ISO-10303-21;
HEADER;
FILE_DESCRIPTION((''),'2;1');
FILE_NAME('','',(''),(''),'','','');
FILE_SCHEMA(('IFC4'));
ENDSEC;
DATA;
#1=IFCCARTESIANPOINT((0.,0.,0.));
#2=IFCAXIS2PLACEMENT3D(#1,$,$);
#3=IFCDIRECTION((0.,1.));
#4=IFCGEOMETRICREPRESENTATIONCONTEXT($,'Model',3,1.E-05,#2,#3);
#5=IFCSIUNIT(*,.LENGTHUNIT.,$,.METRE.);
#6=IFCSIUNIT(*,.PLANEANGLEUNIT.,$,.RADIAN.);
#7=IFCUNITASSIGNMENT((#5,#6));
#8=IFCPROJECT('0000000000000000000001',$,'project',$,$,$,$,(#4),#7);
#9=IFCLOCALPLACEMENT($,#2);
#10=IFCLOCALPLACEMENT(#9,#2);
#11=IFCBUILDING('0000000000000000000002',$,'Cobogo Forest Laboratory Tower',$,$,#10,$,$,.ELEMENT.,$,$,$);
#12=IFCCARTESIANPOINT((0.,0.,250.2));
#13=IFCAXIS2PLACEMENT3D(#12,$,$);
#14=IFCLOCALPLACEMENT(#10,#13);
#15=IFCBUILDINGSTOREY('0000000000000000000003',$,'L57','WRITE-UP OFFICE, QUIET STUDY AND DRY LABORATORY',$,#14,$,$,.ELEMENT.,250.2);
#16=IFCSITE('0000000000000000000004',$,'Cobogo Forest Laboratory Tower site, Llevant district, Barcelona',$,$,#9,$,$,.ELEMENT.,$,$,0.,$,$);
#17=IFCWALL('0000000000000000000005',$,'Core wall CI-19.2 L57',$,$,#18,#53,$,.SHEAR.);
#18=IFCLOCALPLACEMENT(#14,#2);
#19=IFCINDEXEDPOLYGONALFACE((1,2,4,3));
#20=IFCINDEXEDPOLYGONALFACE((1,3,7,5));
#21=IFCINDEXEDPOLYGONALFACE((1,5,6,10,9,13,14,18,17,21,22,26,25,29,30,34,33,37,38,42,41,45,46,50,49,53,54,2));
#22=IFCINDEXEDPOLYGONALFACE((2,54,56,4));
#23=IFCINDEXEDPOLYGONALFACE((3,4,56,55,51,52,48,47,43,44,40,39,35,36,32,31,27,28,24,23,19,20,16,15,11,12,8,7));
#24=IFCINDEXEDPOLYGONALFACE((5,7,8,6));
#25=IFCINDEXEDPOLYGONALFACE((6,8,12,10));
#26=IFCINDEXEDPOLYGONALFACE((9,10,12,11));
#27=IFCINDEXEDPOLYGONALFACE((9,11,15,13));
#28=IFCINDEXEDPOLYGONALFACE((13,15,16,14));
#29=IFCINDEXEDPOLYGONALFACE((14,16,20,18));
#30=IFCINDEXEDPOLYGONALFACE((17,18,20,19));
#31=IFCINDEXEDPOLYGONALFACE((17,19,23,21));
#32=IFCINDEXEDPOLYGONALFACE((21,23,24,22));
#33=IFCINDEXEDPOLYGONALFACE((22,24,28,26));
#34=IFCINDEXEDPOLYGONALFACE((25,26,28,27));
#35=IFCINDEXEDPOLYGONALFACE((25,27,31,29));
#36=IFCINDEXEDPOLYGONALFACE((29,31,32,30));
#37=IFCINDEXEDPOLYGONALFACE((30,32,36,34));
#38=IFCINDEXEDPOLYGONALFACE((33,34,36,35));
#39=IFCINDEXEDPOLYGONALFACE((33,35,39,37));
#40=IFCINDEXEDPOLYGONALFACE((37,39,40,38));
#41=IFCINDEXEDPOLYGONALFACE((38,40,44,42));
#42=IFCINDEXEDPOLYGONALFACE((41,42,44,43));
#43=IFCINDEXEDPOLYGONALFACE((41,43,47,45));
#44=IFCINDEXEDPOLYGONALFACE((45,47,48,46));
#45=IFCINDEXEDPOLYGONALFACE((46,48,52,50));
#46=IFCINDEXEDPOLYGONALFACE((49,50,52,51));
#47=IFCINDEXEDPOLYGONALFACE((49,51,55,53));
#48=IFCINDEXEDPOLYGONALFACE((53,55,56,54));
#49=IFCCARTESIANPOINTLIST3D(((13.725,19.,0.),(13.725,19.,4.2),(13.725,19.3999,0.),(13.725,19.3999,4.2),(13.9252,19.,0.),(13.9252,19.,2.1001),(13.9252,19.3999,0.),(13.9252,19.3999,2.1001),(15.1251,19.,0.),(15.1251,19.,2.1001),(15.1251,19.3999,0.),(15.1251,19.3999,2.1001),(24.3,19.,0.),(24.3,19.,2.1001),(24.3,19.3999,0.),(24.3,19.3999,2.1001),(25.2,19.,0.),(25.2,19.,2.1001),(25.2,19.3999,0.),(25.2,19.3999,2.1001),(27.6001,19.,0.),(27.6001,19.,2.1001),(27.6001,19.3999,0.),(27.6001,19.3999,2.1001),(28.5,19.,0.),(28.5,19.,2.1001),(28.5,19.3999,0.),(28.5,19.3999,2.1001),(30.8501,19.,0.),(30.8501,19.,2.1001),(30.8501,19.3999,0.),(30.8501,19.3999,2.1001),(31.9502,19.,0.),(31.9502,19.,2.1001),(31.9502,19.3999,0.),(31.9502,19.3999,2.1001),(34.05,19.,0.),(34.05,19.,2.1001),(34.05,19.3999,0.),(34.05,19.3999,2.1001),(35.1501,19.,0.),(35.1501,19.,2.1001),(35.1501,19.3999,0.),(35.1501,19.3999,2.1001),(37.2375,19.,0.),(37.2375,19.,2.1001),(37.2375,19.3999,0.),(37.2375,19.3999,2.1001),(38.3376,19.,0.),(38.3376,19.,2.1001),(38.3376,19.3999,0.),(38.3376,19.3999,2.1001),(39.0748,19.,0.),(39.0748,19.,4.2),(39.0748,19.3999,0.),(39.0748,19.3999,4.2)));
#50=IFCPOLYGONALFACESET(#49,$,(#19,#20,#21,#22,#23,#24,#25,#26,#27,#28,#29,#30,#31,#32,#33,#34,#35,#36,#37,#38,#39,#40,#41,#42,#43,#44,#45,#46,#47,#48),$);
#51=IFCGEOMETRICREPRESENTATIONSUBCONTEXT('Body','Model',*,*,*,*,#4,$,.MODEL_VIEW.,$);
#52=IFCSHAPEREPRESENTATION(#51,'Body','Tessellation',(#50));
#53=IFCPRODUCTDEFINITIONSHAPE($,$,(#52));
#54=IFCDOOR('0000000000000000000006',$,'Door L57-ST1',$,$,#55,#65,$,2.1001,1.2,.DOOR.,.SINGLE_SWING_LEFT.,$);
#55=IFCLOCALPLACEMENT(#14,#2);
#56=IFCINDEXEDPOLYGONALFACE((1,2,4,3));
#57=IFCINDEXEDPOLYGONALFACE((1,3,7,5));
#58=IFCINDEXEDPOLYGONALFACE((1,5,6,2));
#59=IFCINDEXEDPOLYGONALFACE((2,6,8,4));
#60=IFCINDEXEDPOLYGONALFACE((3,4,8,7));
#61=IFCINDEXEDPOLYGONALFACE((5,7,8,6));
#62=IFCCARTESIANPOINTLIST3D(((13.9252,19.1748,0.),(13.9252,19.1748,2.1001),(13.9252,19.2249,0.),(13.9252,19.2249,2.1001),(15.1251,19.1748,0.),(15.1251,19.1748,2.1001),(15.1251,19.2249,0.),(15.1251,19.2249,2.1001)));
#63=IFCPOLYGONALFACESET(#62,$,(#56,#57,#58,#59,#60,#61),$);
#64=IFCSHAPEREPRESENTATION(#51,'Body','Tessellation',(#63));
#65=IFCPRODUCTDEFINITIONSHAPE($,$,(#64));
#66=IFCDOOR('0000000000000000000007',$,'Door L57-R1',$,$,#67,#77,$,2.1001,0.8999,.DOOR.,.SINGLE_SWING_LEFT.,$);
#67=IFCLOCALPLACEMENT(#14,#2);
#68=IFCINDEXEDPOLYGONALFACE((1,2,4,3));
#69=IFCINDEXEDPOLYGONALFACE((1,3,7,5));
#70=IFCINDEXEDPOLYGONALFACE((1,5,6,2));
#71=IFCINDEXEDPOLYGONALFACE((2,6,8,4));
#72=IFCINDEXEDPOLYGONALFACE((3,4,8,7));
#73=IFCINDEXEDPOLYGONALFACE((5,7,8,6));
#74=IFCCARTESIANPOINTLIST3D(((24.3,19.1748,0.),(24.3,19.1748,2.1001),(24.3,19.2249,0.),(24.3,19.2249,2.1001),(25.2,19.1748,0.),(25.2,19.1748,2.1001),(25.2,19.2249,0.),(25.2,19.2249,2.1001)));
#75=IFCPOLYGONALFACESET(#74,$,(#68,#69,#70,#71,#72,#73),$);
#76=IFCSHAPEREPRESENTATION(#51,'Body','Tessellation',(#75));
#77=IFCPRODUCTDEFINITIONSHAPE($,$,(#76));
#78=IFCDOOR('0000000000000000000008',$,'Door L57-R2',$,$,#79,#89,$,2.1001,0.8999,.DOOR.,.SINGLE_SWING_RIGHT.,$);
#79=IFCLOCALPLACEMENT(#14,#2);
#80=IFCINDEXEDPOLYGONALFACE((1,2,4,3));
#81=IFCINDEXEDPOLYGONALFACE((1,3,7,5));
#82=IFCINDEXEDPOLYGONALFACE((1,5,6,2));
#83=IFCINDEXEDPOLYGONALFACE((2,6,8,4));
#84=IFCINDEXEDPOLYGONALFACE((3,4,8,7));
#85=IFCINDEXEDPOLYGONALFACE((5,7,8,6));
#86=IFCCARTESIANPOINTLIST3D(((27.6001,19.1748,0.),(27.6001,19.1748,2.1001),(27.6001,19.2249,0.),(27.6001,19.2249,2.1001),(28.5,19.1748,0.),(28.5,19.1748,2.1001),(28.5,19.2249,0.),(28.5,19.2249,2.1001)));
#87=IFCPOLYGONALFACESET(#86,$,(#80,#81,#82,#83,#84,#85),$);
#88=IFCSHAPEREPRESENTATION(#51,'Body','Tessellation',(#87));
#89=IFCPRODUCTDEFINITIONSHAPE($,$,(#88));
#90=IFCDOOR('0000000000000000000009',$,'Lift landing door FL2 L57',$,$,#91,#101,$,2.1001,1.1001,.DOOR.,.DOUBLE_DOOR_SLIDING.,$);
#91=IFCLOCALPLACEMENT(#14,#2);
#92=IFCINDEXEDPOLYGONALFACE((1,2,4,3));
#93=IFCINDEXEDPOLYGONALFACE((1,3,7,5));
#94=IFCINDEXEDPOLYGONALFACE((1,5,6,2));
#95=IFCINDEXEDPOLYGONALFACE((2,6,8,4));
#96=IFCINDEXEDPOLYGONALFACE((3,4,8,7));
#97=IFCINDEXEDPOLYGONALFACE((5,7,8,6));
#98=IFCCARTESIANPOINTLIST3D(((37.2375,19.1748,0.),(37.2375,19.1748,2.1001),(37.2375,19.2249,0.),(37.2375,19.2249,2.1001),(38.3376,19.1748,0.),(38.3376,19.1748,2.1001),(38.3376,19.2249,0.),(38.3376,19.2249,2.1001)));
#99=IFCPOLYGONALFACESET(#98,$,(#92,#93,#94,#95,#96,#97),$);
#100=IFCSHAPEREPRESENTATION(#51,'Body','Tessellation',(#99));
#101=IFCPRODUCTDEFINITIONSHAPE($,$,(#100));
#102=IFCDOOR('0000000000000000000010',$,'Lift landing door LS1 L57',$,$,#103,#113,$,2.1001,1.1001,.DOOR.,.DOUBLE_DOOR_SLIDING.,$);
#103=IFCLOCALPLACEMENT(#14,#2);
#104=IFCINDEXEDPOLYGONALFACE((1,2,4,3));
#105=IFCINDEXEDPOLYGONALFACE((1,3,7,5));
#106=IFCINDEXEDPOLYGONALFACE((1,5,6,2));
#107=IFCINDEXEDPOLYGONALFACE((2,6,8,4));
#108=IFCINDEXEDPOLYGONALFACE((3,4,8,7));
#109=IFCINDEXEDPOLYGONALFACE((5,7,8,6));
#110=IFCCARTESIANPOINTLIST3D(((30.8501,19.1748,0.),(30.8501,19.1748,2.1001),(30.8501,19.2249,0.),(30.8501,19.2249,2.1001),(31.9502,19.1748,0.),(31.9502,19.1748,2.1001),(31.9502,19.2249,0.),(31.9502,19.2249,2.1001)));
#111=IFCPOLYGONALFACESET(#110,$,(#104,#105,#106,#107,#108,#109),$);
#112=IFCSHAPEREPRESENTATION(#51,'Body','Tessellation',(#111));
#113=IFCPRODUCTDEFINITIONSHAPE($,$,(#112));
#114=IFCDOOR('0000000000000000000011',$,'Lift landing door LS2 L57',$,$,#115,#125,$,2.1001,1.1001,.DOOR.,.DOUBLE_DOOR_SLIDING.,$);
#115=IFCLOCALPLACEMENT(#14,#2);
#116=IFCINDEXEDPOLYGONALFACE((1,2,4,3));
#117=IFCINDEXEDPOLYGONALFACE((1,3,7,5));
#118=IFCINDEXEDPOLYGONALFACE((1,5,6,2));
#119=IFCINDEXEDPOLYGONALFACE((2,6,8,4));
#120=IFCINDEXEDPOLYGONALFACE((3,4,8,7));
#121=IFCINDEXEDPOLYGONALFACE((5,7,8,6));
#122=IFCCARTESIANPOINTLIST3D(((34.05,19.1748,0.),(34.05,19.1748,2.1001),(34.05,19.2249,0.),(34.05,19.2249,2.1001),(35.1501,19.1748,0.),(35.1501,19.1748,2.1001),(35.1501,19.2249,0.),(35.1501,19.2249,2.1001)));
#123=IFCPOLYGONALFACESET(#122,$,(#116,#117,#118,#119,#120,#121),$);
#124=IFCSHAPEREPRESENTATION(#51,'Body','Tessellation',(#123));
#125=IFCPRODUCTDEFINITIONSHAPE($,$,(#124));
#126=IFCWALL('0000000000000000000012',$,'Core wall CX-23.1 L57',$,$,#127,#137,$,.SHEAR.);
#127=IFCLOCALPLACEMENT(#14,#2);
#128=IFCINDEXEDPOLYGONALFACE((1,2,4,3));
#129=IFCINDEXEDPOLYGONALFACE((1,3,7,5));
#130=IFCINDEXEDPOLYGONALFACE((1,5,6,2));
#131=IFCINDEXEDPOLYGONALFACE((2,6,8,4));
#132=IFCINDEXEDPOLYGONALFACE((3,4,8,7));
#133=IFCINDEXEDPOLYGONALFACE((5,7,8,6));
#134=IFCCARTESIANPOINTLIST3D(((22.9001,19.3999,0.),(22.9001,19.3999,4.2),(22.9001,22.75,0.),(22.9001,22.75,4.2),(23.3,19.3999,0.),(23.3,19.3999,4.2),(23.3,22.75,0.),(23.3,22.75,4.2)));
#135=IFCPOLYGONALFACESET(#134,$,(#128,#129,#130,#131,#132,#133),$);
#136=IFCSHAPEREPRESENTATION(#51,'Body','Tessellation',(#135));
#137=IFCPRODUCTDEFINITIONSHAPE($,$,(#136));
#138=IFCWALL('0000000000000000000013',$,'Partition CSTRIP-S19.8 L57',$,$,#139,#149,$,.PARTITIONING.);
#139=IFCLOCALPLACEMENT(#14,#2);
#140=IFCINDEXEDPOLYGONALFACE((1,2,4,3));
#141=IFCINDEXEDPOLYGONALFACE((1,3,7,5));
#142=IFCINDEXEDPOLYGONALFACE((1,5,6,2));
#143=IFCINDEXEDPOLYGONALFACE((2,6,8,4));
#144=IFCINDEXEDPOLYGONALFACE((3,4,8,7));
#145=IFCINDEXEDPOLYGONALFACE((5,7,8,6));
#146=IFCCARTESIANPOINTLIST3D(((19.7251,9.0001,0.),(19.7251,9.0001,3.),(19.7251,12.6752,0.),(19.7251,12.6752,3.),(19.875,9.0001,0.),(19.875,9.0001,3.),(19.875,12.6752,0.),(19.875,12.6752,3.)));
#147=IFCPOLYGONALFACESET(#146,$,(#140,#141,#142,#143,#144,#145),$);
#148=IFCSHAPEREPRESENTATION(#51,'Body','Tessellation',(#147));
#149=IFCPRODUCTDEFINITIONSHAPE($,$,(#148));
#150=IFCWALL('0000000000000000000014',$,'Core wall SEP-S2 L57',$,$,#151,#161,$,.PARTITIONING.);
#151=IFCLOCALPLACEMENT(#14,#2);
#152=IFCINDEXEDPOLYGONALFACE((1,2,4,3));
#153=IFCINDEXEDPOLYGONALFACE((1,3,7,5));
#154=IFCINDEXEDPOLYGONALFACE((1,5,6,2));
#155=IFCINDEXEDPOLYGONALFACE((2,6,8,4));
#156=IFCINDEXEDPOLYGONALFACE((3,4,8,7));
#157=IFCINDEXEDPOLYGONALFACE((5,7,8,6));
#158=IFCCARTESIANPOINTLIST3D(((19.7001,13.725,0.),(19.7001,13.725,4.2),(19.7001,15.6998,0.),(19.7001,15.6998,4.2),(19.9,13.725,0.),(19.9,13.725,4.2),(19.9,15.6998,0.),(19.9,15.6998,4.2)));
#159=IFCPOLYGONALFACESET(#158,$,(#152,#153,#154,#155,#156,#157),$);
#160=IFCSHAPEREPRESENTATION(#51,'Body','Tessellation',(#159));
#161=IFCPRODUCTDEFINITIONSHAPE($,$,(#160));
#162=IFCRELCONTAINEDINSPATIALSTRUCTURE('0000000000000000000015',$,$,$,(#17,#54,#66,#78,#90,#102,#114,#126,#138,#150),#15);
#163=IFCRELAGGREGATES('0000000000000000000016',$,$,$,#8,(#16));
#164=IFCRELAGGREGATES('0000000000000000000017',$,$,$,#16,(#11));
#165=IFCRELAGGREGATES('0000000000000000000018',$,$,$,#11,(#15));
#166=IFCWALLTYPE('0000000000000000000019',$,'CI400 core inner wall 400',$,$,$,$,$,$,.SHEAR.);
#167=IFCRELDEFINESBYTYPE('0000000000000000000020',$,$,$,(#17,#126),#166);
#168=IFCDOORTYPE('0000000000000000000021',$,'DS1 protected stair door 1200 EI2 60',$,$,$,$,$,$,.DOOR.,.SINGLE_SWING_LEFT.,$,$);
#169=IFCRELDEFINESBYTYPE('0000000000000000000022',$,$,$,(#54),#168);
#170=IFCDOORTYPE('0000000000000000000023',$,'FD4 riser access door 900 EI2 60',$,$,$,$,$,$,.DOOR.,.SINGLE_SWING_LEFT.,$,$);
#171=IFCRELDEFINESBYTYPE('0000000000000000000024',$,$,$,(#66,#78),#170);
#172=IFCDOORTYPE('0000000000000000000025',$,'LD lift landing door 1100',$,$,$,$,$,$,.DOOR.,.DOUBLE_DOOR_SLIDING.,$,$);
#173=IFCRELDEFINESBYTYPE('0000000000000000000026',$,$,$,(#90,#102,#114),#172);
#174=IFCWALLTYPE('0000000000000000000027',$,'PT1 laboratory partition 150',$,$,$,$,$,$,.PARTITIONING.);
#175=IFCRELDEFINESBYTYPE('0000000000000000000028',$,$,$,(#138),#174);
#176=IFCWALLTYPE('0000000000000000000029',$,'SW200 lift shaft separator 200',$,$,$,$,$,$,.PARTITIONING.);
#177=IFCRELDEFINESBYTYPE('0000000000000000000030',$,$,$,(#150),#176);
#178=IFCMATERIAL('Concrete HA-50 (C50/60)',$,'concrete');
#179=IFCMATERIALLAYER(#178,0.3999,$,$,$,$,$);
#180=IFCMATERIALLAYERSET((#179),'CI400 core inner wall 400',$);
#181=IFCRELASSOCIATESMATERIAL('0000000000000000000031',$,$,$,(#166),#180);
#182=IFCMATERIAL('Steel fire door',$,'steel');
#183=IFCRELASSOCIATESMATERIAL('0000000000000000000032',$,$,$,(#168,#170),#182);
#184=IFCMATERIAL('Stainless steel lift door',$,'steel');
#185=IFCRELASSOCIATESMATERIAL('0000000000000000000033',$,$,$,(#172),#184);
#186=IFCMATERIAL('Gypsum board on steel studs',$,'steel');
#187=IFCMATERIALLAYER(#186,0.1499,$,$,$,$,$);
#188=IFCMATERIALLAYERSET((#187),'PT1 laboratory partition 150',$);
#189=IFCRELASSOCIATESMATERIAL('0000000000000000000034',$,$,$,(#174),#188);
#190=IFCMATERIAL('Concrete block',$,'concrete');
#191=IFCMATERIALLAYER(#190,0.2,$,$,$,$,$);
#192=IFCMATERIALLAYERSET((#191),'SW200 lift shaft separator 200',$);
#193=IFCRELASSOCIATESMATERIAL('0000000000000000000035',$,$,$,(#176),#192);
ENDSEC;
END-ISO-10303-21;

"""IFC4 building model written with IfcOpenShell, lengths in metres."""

from ifc_helpers import new_model, si_unit, direction, frame, frame_2d, origin, place, context, subcontext, project, spatial, rectangle, extrude, material, layer, layer_set, type_object, element, fill, save


model = new_model("IFC4")

# Units and contexts
model_context = context("Model", 3, precision=1e-05, world=origin(), true_north=direction((0.0, 1.0)))
body_context = subcontext(model_context, "Body", "Model", "MODEL_VIEW")
ifc_project = project(units=[si_unit("LENGTHUNIT", "METRE"), si_unit("PLANEANGLEUNIT", "RADIAN")], contexts=[model_context])

# Site, building, storey
site_placement = place(None, origin())
site = spatial("IfcSite", under=ifc_project, at=site_placement, Name="Cobogo Forest Laboratory Tower site, Llevant district, Barcelona", CompositionType="ELEMENT", RefElevation=0.0)
building_placement = place(site_placement, origin())
building = spatial("IfcBuilding", under=site, at=building_placement, Name="Cobogo Forest Laboratory Tower", CompositionType="ELEMENT")
storey_placement = place(building_placement, frame((0.0, 0.0, 250.2)))
storey = spatial("IfcBuildingStorey", under=building, at=storey_placement, Name="L57", Description="WRITE-UP OFFICE, QUIET STUDY AND DRY LABORATORY", CompositionType="ELEMENT", Elevation=250.2)

# Wall, openings, doors
ifc_material_1 = material(Name="Concrete HA-50 (C50/60)", Category="concrete")
ifc_layer_1 = layer(ifc_material_1, 0.3999)
ifc_layer_set_1 = layer_set([ifc_layer_1], Name="CI400 core inner wall 400")
wall_type_1 = type_object("IfcWallType", Name="CI400 core inner wall 400", PredefinedType="SHEAR", material=ifc_layer_set_1)
ifc_material_2 = material(Name="Steel fire door", Category="steel")
wall_1_placement = place(storey_placement, frame((13.7251, 19.2, 0.0), z_axis=(0.0, 0.0, 1.0), x_axis=(1.0, 0.0, 0.0)))
wall_1 = element("IfcWall", 1, at=wall_1_placement, inside=storey, type_object=wall_type_1, Name="Core wall CI-19.2 L57", PredefinedType="SHEAR", context=body_context, shape_type="SweptSolid", body=[
    extrude(rectangle(XDim=25.3499, YDim=0.3999, at=frame_2d((12.6748, 0.0))), origin(), (0.0, 0.0, 1.0), 4.2),
])
opening_1_placement = place(wall_1_placement, frame((10.575, 0.0, 0.0)))
opening_1 = element("IfcOpeningElement", 2, at=opening_1_placement, cuts=wall_1, PredefinedType="OPENING", context=body_context, shape_type="SweptSolid", body=[
    extrude(rectangle(XDim=0.8999, YDim=2.1001, at=frame_2d((0.45, 1.05))), frame((0.0, 0.21, 0.0), z_axis=(0.0, -1.0, 0.0), x_axis=(1.0, 0.0, 0.0)), (0.0, 0.0, 1.0), 0.4199),
])
opening_2_placement = place(wall_1_placement, frame((13.875, 0.0, 0.0)))
opening_2 = element("IfcOpeningElement", 3, at=opening_2_placement, cuts=wall_1, PredefinedType="OPENING", context=body_context, shape_type="SweptSolid", body=[
    extrude(rectangle(XDim=0.8999, YDim=2.1001, at=frame_2d((0.45, 1.05))), frame((0.0, 0.21, 0.0), z_axis=(0.0, -1.0, 0.0), x_axis=(1.0, 0.0, 0.0)), (0.0, 0.0, 1.0), 0.4199),
])
opening_3_placement = place(wall_1_placement, frame((0.2, 0.0, 0.0)))
opening_3 = element("IfcOpeningElement", 4, at=opening_3_placement, cuts=wall_1, PredefinedType="OPENING", context=body_context, shape_type="SweptSolid", body=[
    extrude(rectangle(XDim=1.2, YDim=2.1001, at=frame_2d((0.6001, 1.05))), frame((0.0, 0.21, 0.0), z_axis=(0.0, -1.0, 0.0), x_axis=(1.0, 0.0, 0.0)), (0.0, 0.0, 1.0), 0.4199),
])
opening_4_placement = place(wall_1_placement, frame((23.5125, 0.0, 0.0)))
opening_4 = element("IfcOpeningElement", 5, at=opening_4_placement, cuts=wall_1, PredefinedType="OPENING", context=body_context, shape_type="SweptSolid", body=[
    extrude(rectangle(XDim=1.1001, YDim=2.1001, at=frame_2d((0.55, 1.05))), frame((0.0, 0.21, 0.0), z_axis=(0.0, -1.0, 0.0), x_axis=(1.0, 0.0, 0.0)), (0.0, 0.0, 1.0), 0.4199),
])
opening_5_placement = place(wall_1_placement, frame((17.125, 0.0, 0.0)))
opening_5 = element("IfcOpeningElement", 6, at=opening_5_placement, cuts=wall_1, PredefinedType="OPENING", context=body_context, shape_type="SweptSolid", body=[
    extrude(rectangle(XDim=1.1001, YDim=2.1001, at=frame_2d((0.55, 1.05))), frame((0.0, 0.21, 0.0), z_axis=(0.0, -1.0, 0.0), x_axis=(1.0, 0.0, 0.0)), (0.0, 0.0, 1.0), 0.4199),
])
opening_6_placement = place(wall_1_placement, frame((20.325, 0.0, 0.0)))
opening_6 = element("IfcOpeningElement", 7, at=opening_6_placement, cuts=wall_1, PredefinedType="OPENING", context=body_context, shape_type="SweptSolid", body=[
    extrude(rectangle(XDim=1.1001, YDim=2.1001, at=frame_2d((0.55, 1.05))), frame((0.0, 0.21, 0.0), z_axis=(0.0, -1.0, 0.0), x_axis=(1.0, 0.0, 0.0)), (0.0, 0.0, 1.0), 0.4199),
])
door_type_1 = type_object("IfcDoorType", Name="DS1 protected stair door 1200 EI2 60", OperationType="SINGLE_SWING_LEFT", PredefinedType="DOOR", material=ifc_material_2)
door_1_placement = place(opening_3_placement, origin())
door_1 = element("IfcDoor", 8, at=door_1_placement, inside=storey, type_object=door_type_1, Name="Door L57-ST1", OperationType="SINGLE_SWING_LEFT", OverallHeight=2.1001, OverallWidth=1.2, PredefinedType="DOOR", context=body_context, shape_type="SweptSolid", body=[
    extrude(rectangle(XDim=1.2, YDim=2.1001, at=frame_2d((0.6001, 1.05))), frame((0.0, 0.0249, 0.0), z_axis=(0.0, -1.0, 0.0), x_axis=(1.0, 0.0, 0.0)), (0.0, 0.0, 1.0), 0.05),
])
fill(opening_3, door_1)
door_type_2 = type_object("IfcDoorType", Name="FD4 riser access door 900 EI2 60", OperationType="SINGLE_SWING_LEFT", PredefinedType="DOOR", material=ifc_material_2)
door_2_placement = place(opening_1_placement, origin())
door_2 = element("IfcDoor", 9, at=door_2_placement, inside=storey, type_object=door_type_2, Name="Door L57-R1", OperationType="SINGLE_SWING_LEFT", OverallHeight=2.1001, OverallWidth=0.8999, PredefinedType="DOOR", context=body_context, shape_type="SweptSolid", body=[
    extrude(rectangle(XDim=0.8999, YDim=2.1001, at=frame_2d((0.45, 1.05))), frame((0.0, 0.0249, 0.0), z_axis=(0.0, -1.0, 0.0), x_axis=(1.0, 0.0, 0.0)), (0.0, 0.0, 1.0), 0.05),
])
fill(opening_1, door_2)
door_3_placement = place(opening_2_placement, origin())
door_3 = element("IfcDoor", 10, at=door_3_placement, inside=storey, type_object=door_type_2, Name="Door L57-R2", OperationType="SINGLE_SWING_RIGHT", OverallHeight=2.1001, OverallWidth=0.8999, PredefinedType="DOOR", context=body_context, shape_type="SweptSolid", body=[
    extrude(rectangle(XDim=0.8999, YDim=2.1001, at=frame_2d((0.45, 1.05))), frame((0.0, 0.0249, 0.0), z_axis=(0.0, -1.0, 0.0), x_axis=(1.0, 0.0, 0.0)), (0.0, 0.0, 1.0), 0.05),
])
fill(opening_2, door_3)
ifc_material_3 = material(Name="Stainless steel lift door", Category="steel")
door_type_3 = type_object("IfcDoorType", Name="LD lift landing door 1100", OperationType="DOUBLE_DOOR_SLIDING", PredefinedType="DOOR", material=ifc_material_3)
door_4_placement = place(opening_4_placement, origin())
door_4 = element("IfcDoor", 11, at=door_4_placement, inside=storey, type_object=door_type_3, Name="Lift landing door FL2 L57", OperationType="DOUBLE_DOOR_SLIDING", OverallHeight=2.1001, OverallWidth=1.1001, PredefinedType="DOOR", context=body_context, shape_type="SweptSolid", body=[
    extrude(rectangle(XDim=1.1001, YDim=2.1001, at=frame_2d((0.55, 1.05))), frame((0.0, 0.0249, 0.0), z_axis=(0.0, -1.0, 0.0), x_axis=(1.0, 0.0, 0.0)), (0.0, 0.0, 1.0), 0.05),
])
fill(opening_4, door_4)
door_5_placement = place(opening_5_placement, origin())
door_5 = element("IfcDoor", 12, at=door_5_placement, inside=storey, type_object=door_type_3, Name="Lift landing door LS1 L57", OperationType="DOUBLE_DOOR_SLIDING", OverallHeight=2.1001, OverallWidth=1.1001, PredefinedType="DOOR", context=body_context, shape_type="SweptSolid", body=[
    extrude(rectangle(XDim=1.1001, YDim=2.1001, at=frame_2d((0.55, 1.05))), frame((0.0, 0.0249, 0.0), z_axis=(0.0, -1.0, 0.0), x_axis=(1.0, 0.0, 0.0)), (0.0, 0.0, 1.0), 0.05),
])
fill(opening_5, door_5)
door_6_placement = place(opening_6_placement, origin())
door_6 = element("IfcDoor", 13, at=door_6_placement, inside=storey, type_object=door_type_3, Name="Lift landing door LS2 L57", OperationType="DOUBLE_DOOR_SLIDING", OverallHeight=2.1001, OverallWidth=1.1001, PredefinedType="DOOR", context=body_context, shape_type="SweptSolid", body=[
    extrude(rectangle(XDim=1.1001, YDim=2.1001, at=frame_2d((0.55, 1.05))), frame((0.0, 0.0249, 0.0), z_axis=(0.0, -1.0, 0.0), x_axis=(1.0, 0.0, 0.0)), (0.0, 0.0, 1.0), 0.05),
])
fill(opening_6, door_6)

# Walls
wall_2_placement = place(storey_placement, frame((23.1001, 19.3999, 0.0), z_axis=(0.0, 0.0, 1.0), x_axis=(0.0, 1.0, 0.0)))
element("IfcWall", 14, at=wall_2_placement, inside=storey, type_object=wall_type_1, Name="Core wall CX-23.1 L57", PredefinedType="SHEAR", context=body_context, shape_type="SweptSolid", body=[
    extrude(rectangle(XDim=3.3501, YDim=0.3999, at=frame_2d((1.675, 0.0))), origin(), (0.0, 0.0, 1.0), 4.2),
])
ifc_material_4 = material(Name="Gypsum board on steel studs", Category="steel")
ifc_layer_2 = layer(ifc_material_4, 0.1499)
ifc_layer_set_2 = layer_set([ifc_layer_2], Name="PT1 laboratory partition 150")
wall_type_2 = type_object("IfcWallType", Name="PT1 laboratory partition 150", PredefinedType="PARTITIONING", material=ifc_layer_set_2)
wall_3_placement = place(storey_placement, frame((19.8, 12.675, 0.0), z_axis=(0.0, 0.0, 1.0), x_axis=(0.0, -1.0, 0.0)))
element("IfcWall", 15, at=wall_3_placement, inside=storey, type_object=wall_type_2, Name="Partition CSTRIP-S19.8 L57", PredefinedType="PARTITIONING", context=body_context, shape_type="SweptSolid", body=[
    extrude(rectangle(XDim=3.675, YDim=0.1499, at=frame_2d((1.8374, 0.0))), origin(), (0.0, 0.0, 1.0), 3.0),
])
ifc_material_5 = material(Name="Concrete block", Category="concrete")
ifc_layer_3 = layer(ifc_material_5, 0.2)
ifc_layer_set_3 = layer_set([ifc_layer_3], Name="SW200 lift shaft separator 200")
wall_type_3 = type_object("IfcWallType", Name="SW200 lift shaft separator 200", PredefinedType="PARTITIONING", material=ifc_layer_set_3)
wall_4_placement = place(storey_placement, frame((19.8, 13.7251, 0.0), z_axis=(0.0, 0.0, 1.0), x_axis=(0.0, 1.0, 0.0)))
element("IfcWall", 16, at=wall_4_placement, inside=storey, type_object=wall_type_3, Name="Core wall SEP-S2 L57", PredefinedType="PARTITIONING", context=body_context, shape_type="SweptSolid", body=[
    extrude(rectangle(XDim=1.9749, YDim=0.2, at=frame_2d((0.9873, 0.0))), origin(), (0.0, 0.0, 1.0), 4.2),
])

save(model, "model.ifc")
